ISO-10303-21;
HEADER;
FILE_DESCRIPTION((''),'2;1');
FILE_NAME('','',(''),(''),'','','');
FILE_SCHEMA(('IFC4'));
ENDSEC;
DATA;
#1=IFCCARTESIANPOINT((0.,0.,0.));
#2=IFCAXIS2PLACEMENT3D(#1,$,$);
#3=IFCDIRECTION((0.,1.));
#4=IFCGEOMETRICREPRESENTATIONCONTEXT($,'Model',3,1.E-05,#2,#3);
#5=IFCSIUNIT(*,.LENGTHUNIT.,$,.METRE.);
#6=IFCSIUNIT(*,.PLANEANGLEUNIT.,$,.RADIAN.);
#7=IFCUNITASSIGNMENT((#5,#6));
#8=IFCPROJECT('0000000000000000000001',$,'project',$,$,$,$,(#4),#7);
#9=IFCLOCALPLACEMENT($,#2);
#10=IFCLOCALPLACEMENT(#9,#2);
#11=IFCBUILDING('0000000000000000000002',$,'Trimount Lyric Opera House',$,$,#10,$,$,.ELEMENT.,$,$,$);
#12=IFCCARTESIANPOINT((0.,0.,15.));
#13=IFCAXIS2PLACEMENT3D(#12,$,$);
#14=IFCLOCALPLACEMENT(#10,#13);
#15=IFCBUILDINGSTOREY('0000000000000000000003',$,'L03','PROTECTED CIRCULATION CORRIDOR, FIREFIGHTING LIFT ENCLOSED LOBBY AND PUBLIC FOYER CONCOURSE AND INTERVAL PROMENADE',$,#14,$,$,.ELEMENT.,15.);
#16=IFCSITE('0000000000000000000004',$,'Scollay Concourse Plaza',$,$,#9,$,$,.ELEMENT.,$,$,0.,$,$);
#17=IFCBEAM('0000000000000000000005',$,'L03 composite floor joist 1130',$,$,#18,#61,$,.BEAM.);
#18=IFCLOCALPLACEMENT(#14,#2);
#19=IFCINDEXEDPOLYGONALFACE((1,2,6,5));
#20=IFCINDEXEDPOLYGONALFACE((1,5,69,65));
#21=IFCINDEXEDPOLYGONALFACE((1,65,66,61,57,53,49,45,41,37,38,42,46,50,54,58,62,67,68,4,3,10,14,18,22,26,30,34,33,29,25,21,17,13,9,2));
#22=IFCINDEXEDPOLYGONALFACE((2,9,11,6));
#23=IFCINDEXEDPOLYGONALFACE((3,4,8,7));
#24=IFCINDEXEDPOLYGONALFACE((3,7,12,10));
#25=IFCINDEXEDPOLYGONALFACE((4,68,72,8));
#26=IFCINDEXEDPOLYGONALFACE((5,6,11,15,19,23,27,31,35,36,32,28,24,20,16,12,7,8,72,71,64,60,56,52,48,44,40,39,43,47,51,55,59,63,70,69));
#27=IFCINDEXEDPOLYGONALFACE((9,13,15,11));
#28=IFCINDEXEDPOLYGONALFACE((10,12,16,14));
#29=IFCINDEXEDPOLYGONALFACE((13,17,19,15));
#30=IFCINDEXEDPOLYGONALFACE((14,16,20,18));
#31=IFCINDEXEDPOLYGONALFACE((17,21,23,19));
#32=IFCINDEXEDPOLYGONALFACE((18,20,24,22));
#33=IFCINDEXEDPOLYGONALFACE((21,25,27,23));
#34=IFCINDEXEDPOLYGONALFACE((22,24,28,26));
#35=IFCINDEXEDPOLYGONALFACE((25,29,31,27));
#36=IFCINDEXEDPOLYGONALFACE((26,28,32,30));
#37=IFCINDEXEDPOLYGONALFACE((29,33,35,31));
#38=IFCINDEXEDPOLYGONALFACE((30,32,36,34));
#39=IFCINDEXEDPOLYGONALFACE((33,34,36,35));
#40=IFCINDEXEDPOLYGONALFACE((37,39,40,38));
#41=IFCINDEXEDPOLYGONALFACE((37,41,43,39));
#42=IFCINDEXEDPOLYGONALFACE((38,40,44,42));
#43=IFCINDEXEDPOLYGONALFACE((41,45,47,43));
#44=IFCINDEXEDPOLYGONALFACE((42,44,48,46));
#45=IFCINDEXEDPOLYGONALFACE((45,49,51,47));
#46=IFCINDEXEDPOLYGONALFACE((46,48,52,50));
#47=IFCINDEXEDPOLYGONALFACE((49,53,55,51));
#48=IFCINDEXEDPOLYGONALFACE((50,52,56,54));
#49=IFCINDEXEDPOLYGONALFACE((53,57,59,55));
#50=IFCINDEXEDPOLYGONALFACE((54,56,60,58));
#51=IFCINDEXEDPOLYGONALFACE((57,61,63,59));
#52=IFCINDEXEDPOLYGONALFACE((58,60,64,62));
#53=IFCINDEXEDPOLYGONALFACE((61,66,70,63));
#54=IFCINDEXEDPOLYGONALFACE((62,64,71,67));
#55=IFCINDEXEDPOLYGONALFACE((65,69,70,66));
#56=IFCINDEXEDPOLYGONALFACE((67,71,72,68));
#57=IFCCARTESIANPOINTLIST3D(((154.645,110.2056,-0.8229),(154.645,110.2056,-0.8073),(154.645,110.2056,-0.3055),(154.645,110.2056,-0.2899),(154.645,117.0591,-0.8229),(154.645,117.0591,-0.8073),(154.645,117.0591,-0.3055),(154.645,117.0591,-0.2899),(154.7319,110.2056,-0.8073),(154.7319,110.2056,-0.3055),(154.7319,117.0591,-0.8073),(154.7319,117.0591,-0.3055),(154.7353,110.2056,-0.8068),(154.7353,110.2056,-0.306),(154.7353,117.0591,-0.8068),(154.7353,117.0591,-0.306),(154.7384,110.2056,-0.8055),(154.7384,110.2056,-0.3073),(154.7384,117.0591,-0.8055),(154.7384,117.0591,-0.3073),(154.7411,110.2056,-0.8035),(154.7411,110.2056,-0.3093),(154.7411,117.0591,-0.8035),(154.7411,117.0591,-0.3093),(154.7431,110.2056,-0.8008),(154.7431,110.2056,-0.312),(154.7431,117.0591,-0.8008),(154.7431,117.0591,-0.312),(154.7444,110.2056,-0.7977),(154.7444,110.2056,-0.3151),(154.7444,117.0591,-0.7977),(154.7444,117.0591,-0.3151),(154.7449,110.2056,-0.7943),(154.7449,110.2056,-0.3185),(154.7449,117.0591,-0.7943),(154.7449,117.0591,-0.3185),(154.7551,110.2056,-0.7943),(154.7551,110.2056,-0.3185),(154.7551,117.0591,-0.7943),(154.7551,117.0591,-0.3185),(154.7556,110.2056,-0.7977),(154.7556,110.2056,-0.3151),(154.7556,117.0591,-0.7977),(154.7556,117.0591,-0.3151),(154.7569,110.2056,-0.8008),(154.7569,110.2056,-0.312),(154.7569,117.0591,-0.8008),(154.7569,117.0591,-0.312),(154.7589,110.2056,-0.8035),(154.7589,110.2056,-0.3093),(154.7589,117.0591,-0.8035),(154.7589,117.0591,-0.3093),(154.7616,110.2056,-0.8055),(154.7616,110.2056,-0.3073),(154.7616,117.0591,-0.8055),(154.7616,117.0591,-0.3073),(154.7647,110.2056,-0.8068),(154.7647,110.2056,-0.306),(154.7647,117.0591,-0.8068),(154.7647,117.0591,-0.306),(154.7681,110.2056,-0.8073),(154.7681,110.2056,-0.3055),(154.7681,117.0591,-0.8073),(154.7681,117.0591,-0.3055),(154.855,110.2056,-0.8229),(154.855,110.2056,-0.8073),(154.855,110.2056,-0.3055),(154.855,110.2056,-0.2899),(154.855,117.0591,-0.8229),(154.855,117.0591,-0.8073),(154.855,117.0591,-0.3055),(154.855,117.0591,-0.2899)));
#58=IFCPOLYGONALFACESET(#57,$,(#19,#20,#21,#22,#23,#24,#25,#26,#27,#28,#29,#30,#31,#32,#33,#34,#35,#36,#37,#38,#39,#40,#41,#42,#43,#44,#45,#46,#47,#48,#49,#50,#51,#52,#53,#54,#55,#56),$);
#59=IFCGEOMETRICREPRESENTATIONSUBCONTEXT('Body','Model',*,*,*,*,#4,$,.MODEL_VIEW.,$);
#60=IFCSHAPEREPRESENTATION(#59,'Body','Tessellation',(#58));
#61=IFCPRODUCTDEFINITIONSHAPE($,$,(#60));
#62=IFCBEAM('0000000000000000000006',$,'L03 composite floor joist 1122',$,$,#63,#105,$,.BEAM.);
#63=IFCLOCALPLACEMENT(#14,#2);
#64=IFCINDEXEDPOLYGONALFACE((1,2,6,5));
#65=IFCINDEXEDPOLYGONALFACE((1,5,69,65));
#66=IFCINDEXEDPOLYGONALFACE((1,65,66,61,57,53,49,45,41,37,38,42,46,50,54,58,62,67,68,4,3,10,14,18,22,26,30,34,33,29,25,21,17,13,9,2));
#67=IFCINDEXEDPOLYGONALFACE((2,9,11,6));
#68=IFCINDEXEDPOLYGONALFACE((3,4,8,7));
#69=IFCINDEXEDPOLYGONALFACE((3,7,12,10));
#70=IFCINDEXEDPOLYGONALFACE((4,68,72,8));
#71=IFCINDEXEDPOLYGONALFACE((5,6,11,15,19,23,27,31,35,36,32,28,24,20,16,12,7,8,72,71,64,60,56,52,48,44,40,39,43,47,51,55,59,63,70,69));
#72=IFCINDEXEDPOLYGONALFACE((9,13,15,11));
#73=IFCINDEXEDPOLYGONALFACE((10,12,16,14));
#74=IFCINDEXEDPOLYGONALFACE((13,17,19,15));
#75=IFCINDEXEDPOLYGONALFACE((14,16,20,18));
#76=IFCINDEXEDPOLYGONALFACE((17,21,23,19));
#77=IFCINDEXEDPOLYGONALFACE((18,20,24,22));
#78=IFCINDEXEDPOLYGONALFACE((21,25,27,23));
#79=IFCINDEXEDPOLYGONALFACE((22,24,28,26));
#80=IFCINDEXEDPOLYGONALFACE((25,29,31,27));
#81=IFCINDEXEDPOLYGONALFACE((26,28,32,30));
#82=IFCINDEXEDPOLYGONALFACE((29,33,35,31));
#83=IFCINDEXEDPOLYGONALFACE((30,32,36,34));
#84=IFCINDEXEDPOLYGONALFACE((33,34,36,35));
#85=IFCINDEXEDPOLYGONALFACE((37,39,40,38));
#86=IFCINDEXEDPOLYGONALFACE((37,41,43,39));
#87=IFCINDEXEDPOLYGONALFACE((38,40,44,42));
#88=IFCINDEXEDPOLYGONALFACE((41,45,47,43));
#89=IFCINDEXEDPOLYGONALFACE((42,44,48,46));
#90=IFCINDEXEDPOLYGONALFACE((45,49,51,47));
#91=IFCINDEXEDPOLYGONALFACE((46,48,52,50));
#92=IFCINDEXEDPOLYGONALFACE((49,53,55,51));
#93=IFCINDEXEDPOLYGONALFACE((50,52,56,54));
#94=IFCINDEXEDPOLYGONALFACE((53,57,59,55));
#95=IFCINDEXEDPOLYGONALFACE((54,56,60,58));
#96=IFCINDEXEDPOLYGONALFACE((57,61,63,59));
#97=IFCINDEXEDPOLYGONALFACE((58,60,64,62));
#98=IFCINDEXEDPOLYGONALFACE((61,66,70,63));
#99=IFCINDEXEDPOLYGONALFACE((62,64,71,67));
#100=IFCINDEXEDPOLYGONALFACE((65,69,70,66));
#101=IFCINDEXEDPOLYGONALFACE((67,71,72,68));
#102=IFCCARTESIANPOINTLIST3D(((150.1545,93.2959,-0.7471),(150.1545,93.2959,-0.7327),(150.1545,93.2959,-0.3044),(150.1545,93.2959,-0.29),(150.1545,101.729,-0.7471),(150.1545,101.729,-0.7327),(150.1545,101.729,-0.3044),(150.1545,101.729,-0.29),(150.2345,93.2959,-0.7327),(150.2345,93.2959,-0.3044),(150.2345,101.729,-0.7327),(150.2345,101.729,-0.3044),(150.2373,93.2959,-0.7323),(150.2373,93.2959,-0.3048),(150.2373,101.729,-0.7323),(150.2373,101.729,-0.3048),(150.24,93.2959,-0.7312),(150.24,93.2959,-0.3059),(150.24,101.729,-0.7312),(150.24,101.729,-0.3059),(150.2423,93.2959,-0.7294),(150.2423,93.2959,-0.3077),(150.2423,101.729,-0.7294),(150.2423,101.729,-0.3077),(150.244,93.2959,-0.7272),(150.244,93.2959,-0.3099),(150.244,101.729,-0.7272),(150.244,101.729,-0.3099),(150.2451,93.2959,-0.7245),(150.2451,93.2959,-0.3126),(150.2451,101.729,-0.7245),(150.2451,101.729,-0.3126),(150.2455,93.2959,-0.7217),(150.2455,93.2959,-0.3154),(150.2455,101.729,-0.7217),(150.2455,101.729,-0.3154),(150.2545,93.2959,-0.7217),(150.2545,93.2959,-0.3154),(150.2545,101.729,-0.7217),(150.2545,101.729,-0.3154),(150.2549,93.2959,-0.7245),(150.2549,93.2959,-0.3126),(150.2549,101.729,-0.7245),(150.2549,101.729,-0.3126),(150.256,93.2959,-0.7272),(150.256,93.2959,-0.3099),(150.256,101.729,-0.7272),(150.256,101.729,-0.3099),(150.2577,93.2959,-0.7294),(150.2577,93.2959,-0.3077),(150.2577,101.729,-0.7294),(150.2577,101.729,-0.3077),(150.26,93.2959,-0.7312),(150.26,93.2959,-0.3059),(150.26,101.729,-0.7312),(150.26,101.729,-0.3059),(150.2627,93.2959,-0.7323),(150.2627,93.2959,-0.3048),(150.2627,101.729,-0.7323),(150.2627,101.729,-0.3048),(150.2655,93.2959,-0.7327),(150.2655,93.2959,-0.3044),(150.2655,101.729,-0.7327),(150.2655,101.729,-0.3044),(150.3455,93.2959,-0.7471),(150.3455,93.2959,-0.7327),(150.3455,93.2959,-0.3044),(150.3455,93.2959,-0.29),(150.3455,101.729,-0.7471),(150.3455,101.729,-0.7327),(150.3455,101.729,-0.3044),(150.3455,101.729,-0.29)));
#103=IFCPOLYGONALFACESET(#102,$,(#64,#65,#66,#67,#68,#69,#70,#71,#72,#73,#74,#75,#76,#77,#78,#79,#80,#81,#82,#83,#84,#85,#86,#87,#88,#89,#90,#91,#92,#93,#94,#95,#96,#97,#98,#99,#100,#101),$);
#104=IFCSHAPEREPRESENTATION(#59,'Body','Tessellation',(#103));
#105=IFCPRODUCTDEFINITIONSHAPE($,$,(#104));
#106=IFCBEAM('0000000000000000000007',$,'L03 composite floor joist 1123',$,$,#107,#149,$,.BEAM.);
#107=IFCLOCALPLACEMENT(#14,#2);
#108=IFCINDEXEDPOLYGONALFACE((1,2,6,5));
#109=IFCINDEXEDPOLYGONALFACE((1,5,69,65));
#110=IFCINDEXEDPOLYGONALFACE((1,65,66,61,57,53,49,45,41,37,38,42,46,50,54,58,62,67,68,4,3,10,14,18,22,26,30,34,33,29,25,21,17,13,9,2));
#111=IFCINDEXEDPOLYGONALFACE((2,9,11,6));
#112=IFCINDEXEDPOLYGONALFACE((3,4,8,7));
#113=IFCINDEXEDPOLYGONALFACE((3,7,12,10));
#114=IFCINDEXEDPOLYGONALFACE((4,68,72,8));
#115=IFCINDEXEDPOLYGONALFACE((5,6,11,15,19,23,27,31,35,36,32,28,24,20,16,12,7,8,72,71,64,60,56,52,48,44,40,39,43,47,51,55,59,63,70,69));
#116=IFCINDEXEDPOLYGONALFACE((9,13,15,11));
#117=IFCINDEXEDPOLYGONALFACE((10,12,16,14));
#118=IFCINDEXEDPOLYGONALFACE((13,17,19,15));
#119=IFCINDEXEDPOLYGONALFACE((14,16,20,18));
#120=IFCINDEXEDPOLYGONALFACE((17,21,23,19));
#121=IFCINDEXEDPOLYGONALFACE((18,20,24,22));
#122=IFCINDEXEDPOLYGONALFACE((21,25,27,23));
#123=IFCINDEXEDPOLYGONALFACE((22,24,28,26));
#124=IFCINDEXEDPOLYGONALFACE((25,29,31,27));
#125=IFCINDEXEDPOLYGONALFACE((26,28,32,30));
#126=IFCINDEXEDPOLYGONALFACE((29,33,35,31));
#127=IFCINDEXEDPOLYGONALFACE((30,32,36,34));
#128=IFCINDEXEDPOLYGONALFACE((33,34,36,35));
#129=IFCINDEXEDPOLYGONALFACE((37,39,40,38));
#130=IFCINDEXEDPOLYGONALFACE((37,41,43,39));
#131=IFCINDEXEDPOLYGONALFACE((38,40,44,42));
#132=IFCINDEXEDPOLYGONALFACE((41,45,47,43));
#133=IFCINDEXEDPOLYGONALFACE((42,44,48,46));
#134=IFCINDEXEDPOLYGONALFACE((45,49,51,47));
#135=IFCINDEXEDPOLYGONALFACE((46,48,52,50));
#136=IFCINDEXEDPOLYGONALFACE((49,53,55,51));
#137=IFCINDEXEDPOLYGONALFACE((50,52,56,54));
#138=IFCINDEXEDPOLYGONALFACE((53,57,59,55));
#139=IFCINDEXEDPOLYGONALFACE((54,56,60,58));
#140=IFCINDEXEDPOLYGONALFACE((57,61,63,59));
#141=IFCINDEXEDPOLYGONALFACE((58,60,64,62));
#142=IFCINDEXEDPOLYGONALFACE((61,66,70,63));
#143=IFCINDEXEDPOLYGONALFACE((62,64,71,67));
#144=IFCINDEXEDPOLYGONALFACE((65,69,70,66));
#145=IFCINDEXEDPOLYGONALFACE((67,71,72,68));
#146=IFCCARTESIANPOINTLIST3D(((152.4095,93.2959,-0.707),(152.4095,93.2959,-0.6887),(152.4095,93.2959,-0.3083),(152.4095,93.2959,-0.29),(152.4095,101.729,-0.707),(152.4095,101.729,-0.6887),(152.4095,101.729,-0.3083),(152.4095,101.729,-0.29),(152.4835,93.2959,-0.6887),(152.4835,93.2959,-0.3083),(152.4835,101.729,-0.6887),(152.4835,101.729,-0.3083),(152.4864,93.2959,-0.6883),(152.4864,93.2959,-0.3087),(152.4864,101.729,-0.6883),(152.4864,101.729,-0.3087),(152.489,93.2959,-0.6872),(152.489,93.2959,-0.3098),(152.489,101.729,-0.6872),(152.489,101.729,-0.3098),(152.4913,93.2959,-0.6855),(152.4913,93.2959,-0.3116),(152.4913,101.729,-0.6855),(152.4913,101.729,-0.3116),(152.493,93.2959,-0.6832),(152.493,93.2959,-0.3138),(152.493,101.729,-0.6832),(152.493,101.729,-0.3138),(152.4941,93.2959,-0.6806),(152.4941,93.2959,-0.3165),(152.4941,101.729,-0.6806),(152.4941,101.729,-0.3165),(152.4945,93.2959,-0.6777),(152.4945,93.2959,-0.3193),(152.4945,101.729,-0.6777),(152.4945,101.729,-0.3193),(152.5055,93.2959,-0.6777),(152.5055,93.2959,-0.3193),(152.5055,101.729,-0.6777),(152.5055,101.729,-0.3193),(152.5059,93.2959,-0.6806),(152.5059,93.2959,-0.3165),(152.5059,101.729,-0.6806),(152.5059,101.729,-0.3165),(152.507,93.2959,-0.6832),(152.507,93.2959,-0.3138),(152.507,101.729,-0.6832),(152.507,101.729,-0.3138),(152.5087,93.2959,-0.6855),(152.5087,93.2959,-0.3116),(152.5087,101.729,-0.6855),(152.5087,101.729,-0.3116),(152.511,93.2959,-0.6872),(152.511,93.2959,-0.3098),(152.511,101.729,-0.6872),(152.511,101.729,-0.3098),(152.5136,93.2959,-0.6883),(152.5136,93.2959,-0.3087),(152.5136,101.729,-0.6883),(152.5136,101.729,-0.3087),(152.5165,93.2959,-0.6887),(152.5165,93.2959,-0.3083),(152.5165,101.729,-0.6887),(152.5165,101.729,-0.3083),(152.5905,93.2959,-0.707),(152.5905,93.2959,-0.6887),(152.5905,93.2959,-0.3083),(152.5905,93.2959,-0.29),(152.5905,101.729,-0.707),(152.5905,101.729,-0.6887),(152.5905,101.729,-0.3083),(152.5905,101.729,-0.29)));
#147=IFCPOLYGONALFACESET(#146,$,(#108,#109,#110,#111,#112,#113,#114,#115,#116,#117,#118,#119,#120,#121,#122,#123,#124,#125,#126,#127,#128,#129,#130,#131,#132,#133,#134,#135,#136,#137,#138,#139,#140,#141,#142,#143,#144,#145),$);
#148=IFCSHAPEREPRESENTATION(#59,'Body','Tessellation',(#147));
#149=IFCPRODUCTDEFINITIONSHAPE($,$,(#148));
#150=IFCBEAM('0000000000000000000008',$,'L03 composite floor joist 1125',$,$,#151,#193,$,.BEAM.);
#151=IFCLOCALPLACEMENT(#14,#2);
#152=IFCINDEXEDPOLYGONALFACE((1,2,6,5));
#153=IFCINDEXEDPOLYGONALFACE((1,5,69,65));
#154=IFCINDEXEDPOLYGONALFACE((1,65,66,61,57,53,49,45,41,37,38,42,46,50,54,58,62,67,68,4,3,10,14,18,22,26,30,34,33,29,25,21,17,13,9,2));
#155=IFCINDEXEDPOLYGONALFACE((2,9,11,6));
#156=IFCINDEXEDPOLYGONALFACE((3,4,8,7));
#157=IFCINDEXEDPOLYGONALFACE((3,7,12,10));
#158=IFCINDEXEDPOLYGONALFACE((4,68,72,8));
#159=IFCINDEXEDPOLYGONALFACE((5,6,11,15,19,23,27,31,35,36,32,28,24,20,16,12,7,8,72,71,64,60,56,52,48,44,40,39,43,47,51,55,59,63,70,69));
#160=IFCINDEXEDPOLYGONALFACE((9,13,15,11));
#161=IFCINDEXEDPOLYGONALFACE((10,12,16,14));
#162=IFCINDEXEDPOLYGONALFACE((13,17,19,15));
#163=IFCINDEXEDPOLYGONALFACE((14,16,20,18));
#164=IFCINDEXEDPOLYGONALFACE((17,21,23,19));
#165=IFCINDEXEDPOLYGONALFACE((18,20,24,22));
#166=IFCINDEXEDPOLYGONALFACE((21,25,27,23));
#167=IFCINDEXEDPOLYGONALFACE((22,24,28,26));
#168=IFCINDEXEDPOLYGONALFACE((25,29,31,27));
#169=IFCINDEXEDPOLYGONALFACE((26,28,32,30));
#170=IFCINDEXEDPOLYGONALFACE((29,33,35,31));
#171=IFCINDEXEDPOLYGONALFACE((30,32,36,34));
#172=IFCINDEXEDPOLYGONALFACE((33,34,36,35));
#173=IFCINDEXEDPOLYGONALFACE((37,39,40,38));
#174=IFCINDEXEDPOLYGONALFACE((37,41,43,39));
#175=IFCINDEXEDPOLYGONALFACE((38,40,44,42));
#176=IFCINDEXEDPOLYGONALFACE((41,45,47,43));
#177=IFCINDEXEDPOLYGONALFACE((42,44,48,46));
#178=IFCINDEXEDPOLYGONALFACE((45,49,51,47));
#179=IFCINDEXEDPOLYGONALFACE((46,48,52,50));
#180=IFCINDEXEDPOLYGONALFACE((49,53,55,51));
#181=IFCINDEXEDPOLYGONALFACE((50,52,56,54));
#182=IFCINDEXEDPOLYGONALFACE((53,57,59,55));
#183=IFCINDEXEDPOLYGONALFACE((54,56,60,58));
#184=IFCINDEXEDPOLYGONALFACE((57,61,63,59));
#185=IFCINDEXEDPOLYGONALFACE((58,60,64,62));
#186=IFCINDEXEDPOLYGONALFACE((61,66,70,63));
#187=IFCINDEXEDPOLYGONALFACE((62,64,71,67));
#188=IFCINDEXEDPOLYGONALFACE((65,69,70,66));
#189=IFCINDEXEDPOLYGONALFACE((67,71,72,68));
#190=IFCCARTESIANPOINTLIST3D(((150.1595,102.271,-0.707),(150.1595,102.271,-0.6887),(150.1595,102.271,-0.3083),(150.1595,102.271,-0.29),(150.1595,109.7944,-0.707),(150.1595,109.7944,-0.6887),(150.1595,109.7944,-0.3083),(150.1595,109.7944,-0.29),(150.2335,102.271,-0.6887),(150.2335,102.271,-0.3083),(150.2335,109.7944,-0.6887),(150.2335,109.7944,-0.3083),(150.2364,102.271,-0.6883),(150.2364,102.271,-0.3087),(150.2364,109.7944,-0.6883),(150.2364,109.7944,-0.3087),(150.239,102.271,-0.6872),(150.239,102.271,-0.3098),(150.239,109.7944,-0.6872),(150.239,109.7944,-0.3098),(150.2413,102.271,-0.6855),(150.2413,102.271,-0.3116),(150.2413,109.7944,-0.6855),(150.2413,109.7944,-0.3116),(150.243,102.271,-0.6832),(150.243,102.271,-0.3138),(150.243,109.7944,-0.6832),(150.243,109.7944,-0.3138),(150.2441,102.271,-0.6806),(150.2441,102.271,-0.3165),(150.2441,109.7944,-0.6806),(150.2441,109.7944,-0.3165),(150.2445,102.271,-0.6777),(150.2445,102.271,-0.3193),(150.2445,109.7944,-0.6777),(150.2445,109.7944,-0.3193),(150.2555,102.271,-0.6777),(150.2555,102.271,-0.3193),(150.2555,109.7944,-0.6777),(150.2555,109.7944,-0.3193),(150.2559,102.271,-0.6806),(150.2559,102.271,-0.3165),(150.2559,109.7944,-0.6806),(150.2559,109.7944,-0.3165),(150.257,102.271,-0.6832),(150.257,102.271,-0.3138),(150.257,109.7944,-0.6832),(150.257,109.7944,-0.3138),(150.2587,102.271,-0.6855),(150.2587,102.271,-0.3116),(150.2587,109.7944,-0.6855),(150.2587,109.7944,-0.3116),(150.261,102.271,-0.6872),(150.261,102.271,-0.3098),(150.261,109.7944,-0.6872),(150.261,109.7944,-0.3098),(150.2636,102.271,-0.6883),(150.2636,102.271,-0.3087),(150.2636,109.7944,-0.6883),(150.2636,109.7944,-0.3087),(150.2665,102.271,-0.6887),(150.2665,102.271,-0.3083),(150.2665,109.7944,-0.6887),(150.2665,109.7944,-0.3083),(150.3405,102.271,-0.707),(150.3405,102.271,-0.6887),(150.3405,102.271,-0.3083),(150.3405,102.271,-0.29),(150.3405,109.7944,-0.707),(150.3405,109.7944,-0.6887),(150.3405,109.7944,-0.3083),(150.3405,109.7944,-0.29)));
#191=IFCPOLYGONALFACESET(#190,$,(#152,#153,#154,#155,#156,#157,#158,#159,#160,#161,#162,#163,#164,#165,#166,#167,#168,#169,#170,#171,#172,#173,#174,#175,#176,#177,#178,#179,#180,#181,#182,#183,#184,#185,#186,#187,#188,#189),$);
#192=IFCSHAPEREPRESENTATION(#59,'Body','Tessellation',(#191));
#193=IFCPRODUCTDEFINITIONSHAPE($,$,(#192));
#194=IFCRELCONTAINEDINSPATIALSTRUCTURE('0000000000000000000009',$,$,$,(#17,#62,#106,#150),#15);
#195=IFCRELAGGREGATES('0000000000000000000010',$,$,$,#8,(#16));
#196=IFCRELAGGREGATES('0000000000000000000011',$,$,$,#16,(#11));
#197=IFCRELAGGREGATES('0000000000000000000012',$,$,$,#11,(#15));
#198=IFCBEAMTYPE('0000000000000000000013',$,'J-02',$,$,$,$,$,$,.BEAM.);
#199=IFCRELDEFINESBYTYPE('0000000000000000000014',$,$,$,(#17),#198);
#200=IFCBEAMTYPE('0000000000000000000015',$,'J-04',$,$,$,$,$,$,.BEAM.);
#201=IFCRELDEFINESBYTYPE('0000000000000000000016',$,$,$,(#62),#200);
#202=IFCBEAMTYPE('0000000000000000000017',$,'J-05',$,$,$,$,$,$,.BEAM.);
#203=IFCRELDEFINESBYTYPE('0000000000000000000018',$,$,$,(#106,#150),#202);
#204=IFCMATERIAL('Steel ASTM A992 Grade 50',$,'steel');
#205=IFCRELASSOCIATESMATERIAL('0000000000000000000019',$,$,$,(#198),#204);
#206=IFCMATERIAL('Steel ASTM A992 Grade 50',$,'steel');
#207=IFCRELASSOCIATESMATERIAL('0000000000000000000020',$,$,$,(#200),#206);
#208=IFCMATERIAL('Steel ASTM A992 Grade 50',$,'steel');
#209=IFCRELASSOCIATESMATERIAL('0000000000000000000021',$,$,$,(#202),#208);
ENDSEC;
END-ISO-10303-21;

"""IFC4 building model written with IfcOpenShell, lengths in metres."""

from ifc_helpers import new_model, si_unit, direction, frame, origin, origin_2d, place, context, subcontext, project, spatial, i_section, extrude, material, material_profile, profile_set, type_object, element, save


model = new_model("IFC4")

# Units and contexts
model_context = context("Model", 3, precision=1e-05, world=origin(), true_north=direction((0.0, 1.0)))
body_context = subcontext(model_context, "Body", "Model", "MODEL_VIEW")
ifc_project = project(units=[si_unit("LENGTHUNIT", "METRE"), si_unit("PLANEANGLEUNIT", "RADIAN")], contexts=[model_context])

# Site, building, storey
site_placement = place(None, origin())
site = spatial("IfcSite", under=ifc_project, at=site_placement, Name="Scollay Concourse Plaza", CompositionType="ELEMENT", RefElevation=0.0)
building_placement = place(site_placement, origin())
building = spatial("IfcBuilding", under=site, at=building_placement, Name="Trimount Lyric Opera House", CompositionType="ELEMENT")
storey_placement = place(building_placement, frame((0.0, 0.0, 15.0)))
storey = spatial("IfcBuildingStorey", under=building, at=storey_placement, Name="L03", Description="PROTECTED CIRCULATION CORRIDOR, FIREFIGHTING LIFT ENCLOSED LOBBY AND PUBLIC FOYER CONCOURSE AND INTERVAL PROMENADE", CompositionType="ELEMENT", Elevation=15.0)

# Beams
ifc_material_1 = material(Name="Steel ASTM A992 Grade 50", Category="steel")
ifc_material_profile_1 = material_profile(ifc_material_1, i_section(OverallWidth=0.21, OverallDepth=0.533, WebThickness=0.0103, FlangeThickness=0.0156, FilletRadius=0.0129, at=origin_2d()), Name="W21X62")
ifc_profile_set_1 = profile_set([ifc_material_profile_1], Name="Steel ASTM A992 Grade 50")
beam_type_1 = type_object("IfcBeamType", Name="J-02", PredefinedType="BEAM", material=ifc_profile_set_1)
beam_1_placement = place(storey_placement, frame((154.75, 110.2056, -0.5564), z_axis=(0.0, 1.0, 0.0), x_axis=(-1.0, 0.0, 0.0)))
element("IfcBeam", 1, at=beam_1_placement, inside=storey, type_object=beam_type_1, Name="L03 composite floor joist 1130", PredefinedType="BEAM", context=body_context, shape_type="SweptSolid", body=[
    extrude(i_section(OverallWidth=0.21, OverallDepth=0.533, WebThickness=0.0103, FlangeThickness=0.0156, FilletRadius=0.0129, at=origin_2d()), origin(), (0.0, 0.0, 1.0), 6.8535),
])
ifc_material_2 = material(Name="Steel ASTM A992 Grade 50", Category="steel")
ifc_material_profile_2 = material_profile(ifc_material_2, i_section(OverallWidth=0.1909, OverallDepth=0.457, WebThickness=0.009, FlangeThickness=0.0144, FilletRadius=0.011, at=origin_2d()), Name="W18X50")
ifc_profile_set_2 = profile_set([ifc_material_profile_2], Name="Steel ASTM A992 Grade 50")
beam_type_2 = type_object("IfcBeamType", Name="J-04", PredefinedType="BEAM", material=ifc_profile_set_2)
beam_2_placement = place(storey_placement, frame((150.25, 93.2959, -0.5186), z_axis=(0.0, 1.0, 0.0), x_axis=(-1.0, 0.0, 0.0)))
element("IfcBeam", 2, at=beam_2_placement, inside=storey, type_object=beam_type_2, Name="L03 composite floor joist 1122", PredefinedType="BEAM", context=body_context, shape_type="SweptSolid", body=[
    extrude(i_section(OverallWidth=0.1909, OverallDepth=0.457, WebThickness=0.009, FlangeThickness=0.0144, FilletRadius=0.011, at=origin_2d()), origin(), (0.0, 0.0, 1.0), 8.4331),
])
ifc_material_3 = material(Name="Steel ASTM A992 Grade 50", Category="steel")
ifc_material_profile_3 = material_profile(ifc_material_3, i_section(OverallWidth=0.1809, OverallDepth=0.417, WebThickness=0.011, FlangeThickness=0.0183, FilletRadius=0.011, at=origin_2d()), Name="W16X57")
ifc_profile_set_3 = profile_set([ifc_material_profile_3], Name="Steel ASTM A992 Grade 50")
beam_type_3 = type_object("IfcBeamType", Name="J-05", PredefinedType="BEAM", material=ifc_profile_set_3)
beam_3_placement = place(storey_placement, frame((152.5, 93.2959, -0.4985), z_axis=(0.0, 1.0, 0.0), x_axis=(-1.0, 0.0, 0.0)))
element("IfcBeam", 3, at=beam_3_placement, inside=storey, type_object=beam_type_3, Name="L03 composite floor joist 1123", PredefinedType="BEAM", context=body_context, shape_type="SweptSolid", body=[
    extrude(i_section(OverallWidth=0.1809, OverallDepth=0.417, WebThickness=0.011, FlangeThickness=0.0183, FilletRadius=0.011, at=origin_2d()), origin(), (0.0, 0.0, 1.0), 8.4331),
])
beam_4_placement = place(storey_placement, frame((150.25, 102.271, -0.4985), z_axis=(0.0, 1.0, 0.0), x_axis=(-1.0, 0.0, 0.0)))
element("IfcBeam", 4, at=beam_4_placement, inside=storey, type_object=beam_type_3, Name="L03 composite floor joist 1125", PredefinedType="BEAM", context=body_context, shape_type="SweptSolid", body=[
    extrude(i_section(OverallWidth=0.1809, OverallDepth=0.417, WebThickness=0.011, FlangeThickness=0.0183, FilletRadius=0.011, at=origin_2d()), origin(), (0.0, 0.0, 1.0), 7.5234),
])

save(model, "model.ifc")
